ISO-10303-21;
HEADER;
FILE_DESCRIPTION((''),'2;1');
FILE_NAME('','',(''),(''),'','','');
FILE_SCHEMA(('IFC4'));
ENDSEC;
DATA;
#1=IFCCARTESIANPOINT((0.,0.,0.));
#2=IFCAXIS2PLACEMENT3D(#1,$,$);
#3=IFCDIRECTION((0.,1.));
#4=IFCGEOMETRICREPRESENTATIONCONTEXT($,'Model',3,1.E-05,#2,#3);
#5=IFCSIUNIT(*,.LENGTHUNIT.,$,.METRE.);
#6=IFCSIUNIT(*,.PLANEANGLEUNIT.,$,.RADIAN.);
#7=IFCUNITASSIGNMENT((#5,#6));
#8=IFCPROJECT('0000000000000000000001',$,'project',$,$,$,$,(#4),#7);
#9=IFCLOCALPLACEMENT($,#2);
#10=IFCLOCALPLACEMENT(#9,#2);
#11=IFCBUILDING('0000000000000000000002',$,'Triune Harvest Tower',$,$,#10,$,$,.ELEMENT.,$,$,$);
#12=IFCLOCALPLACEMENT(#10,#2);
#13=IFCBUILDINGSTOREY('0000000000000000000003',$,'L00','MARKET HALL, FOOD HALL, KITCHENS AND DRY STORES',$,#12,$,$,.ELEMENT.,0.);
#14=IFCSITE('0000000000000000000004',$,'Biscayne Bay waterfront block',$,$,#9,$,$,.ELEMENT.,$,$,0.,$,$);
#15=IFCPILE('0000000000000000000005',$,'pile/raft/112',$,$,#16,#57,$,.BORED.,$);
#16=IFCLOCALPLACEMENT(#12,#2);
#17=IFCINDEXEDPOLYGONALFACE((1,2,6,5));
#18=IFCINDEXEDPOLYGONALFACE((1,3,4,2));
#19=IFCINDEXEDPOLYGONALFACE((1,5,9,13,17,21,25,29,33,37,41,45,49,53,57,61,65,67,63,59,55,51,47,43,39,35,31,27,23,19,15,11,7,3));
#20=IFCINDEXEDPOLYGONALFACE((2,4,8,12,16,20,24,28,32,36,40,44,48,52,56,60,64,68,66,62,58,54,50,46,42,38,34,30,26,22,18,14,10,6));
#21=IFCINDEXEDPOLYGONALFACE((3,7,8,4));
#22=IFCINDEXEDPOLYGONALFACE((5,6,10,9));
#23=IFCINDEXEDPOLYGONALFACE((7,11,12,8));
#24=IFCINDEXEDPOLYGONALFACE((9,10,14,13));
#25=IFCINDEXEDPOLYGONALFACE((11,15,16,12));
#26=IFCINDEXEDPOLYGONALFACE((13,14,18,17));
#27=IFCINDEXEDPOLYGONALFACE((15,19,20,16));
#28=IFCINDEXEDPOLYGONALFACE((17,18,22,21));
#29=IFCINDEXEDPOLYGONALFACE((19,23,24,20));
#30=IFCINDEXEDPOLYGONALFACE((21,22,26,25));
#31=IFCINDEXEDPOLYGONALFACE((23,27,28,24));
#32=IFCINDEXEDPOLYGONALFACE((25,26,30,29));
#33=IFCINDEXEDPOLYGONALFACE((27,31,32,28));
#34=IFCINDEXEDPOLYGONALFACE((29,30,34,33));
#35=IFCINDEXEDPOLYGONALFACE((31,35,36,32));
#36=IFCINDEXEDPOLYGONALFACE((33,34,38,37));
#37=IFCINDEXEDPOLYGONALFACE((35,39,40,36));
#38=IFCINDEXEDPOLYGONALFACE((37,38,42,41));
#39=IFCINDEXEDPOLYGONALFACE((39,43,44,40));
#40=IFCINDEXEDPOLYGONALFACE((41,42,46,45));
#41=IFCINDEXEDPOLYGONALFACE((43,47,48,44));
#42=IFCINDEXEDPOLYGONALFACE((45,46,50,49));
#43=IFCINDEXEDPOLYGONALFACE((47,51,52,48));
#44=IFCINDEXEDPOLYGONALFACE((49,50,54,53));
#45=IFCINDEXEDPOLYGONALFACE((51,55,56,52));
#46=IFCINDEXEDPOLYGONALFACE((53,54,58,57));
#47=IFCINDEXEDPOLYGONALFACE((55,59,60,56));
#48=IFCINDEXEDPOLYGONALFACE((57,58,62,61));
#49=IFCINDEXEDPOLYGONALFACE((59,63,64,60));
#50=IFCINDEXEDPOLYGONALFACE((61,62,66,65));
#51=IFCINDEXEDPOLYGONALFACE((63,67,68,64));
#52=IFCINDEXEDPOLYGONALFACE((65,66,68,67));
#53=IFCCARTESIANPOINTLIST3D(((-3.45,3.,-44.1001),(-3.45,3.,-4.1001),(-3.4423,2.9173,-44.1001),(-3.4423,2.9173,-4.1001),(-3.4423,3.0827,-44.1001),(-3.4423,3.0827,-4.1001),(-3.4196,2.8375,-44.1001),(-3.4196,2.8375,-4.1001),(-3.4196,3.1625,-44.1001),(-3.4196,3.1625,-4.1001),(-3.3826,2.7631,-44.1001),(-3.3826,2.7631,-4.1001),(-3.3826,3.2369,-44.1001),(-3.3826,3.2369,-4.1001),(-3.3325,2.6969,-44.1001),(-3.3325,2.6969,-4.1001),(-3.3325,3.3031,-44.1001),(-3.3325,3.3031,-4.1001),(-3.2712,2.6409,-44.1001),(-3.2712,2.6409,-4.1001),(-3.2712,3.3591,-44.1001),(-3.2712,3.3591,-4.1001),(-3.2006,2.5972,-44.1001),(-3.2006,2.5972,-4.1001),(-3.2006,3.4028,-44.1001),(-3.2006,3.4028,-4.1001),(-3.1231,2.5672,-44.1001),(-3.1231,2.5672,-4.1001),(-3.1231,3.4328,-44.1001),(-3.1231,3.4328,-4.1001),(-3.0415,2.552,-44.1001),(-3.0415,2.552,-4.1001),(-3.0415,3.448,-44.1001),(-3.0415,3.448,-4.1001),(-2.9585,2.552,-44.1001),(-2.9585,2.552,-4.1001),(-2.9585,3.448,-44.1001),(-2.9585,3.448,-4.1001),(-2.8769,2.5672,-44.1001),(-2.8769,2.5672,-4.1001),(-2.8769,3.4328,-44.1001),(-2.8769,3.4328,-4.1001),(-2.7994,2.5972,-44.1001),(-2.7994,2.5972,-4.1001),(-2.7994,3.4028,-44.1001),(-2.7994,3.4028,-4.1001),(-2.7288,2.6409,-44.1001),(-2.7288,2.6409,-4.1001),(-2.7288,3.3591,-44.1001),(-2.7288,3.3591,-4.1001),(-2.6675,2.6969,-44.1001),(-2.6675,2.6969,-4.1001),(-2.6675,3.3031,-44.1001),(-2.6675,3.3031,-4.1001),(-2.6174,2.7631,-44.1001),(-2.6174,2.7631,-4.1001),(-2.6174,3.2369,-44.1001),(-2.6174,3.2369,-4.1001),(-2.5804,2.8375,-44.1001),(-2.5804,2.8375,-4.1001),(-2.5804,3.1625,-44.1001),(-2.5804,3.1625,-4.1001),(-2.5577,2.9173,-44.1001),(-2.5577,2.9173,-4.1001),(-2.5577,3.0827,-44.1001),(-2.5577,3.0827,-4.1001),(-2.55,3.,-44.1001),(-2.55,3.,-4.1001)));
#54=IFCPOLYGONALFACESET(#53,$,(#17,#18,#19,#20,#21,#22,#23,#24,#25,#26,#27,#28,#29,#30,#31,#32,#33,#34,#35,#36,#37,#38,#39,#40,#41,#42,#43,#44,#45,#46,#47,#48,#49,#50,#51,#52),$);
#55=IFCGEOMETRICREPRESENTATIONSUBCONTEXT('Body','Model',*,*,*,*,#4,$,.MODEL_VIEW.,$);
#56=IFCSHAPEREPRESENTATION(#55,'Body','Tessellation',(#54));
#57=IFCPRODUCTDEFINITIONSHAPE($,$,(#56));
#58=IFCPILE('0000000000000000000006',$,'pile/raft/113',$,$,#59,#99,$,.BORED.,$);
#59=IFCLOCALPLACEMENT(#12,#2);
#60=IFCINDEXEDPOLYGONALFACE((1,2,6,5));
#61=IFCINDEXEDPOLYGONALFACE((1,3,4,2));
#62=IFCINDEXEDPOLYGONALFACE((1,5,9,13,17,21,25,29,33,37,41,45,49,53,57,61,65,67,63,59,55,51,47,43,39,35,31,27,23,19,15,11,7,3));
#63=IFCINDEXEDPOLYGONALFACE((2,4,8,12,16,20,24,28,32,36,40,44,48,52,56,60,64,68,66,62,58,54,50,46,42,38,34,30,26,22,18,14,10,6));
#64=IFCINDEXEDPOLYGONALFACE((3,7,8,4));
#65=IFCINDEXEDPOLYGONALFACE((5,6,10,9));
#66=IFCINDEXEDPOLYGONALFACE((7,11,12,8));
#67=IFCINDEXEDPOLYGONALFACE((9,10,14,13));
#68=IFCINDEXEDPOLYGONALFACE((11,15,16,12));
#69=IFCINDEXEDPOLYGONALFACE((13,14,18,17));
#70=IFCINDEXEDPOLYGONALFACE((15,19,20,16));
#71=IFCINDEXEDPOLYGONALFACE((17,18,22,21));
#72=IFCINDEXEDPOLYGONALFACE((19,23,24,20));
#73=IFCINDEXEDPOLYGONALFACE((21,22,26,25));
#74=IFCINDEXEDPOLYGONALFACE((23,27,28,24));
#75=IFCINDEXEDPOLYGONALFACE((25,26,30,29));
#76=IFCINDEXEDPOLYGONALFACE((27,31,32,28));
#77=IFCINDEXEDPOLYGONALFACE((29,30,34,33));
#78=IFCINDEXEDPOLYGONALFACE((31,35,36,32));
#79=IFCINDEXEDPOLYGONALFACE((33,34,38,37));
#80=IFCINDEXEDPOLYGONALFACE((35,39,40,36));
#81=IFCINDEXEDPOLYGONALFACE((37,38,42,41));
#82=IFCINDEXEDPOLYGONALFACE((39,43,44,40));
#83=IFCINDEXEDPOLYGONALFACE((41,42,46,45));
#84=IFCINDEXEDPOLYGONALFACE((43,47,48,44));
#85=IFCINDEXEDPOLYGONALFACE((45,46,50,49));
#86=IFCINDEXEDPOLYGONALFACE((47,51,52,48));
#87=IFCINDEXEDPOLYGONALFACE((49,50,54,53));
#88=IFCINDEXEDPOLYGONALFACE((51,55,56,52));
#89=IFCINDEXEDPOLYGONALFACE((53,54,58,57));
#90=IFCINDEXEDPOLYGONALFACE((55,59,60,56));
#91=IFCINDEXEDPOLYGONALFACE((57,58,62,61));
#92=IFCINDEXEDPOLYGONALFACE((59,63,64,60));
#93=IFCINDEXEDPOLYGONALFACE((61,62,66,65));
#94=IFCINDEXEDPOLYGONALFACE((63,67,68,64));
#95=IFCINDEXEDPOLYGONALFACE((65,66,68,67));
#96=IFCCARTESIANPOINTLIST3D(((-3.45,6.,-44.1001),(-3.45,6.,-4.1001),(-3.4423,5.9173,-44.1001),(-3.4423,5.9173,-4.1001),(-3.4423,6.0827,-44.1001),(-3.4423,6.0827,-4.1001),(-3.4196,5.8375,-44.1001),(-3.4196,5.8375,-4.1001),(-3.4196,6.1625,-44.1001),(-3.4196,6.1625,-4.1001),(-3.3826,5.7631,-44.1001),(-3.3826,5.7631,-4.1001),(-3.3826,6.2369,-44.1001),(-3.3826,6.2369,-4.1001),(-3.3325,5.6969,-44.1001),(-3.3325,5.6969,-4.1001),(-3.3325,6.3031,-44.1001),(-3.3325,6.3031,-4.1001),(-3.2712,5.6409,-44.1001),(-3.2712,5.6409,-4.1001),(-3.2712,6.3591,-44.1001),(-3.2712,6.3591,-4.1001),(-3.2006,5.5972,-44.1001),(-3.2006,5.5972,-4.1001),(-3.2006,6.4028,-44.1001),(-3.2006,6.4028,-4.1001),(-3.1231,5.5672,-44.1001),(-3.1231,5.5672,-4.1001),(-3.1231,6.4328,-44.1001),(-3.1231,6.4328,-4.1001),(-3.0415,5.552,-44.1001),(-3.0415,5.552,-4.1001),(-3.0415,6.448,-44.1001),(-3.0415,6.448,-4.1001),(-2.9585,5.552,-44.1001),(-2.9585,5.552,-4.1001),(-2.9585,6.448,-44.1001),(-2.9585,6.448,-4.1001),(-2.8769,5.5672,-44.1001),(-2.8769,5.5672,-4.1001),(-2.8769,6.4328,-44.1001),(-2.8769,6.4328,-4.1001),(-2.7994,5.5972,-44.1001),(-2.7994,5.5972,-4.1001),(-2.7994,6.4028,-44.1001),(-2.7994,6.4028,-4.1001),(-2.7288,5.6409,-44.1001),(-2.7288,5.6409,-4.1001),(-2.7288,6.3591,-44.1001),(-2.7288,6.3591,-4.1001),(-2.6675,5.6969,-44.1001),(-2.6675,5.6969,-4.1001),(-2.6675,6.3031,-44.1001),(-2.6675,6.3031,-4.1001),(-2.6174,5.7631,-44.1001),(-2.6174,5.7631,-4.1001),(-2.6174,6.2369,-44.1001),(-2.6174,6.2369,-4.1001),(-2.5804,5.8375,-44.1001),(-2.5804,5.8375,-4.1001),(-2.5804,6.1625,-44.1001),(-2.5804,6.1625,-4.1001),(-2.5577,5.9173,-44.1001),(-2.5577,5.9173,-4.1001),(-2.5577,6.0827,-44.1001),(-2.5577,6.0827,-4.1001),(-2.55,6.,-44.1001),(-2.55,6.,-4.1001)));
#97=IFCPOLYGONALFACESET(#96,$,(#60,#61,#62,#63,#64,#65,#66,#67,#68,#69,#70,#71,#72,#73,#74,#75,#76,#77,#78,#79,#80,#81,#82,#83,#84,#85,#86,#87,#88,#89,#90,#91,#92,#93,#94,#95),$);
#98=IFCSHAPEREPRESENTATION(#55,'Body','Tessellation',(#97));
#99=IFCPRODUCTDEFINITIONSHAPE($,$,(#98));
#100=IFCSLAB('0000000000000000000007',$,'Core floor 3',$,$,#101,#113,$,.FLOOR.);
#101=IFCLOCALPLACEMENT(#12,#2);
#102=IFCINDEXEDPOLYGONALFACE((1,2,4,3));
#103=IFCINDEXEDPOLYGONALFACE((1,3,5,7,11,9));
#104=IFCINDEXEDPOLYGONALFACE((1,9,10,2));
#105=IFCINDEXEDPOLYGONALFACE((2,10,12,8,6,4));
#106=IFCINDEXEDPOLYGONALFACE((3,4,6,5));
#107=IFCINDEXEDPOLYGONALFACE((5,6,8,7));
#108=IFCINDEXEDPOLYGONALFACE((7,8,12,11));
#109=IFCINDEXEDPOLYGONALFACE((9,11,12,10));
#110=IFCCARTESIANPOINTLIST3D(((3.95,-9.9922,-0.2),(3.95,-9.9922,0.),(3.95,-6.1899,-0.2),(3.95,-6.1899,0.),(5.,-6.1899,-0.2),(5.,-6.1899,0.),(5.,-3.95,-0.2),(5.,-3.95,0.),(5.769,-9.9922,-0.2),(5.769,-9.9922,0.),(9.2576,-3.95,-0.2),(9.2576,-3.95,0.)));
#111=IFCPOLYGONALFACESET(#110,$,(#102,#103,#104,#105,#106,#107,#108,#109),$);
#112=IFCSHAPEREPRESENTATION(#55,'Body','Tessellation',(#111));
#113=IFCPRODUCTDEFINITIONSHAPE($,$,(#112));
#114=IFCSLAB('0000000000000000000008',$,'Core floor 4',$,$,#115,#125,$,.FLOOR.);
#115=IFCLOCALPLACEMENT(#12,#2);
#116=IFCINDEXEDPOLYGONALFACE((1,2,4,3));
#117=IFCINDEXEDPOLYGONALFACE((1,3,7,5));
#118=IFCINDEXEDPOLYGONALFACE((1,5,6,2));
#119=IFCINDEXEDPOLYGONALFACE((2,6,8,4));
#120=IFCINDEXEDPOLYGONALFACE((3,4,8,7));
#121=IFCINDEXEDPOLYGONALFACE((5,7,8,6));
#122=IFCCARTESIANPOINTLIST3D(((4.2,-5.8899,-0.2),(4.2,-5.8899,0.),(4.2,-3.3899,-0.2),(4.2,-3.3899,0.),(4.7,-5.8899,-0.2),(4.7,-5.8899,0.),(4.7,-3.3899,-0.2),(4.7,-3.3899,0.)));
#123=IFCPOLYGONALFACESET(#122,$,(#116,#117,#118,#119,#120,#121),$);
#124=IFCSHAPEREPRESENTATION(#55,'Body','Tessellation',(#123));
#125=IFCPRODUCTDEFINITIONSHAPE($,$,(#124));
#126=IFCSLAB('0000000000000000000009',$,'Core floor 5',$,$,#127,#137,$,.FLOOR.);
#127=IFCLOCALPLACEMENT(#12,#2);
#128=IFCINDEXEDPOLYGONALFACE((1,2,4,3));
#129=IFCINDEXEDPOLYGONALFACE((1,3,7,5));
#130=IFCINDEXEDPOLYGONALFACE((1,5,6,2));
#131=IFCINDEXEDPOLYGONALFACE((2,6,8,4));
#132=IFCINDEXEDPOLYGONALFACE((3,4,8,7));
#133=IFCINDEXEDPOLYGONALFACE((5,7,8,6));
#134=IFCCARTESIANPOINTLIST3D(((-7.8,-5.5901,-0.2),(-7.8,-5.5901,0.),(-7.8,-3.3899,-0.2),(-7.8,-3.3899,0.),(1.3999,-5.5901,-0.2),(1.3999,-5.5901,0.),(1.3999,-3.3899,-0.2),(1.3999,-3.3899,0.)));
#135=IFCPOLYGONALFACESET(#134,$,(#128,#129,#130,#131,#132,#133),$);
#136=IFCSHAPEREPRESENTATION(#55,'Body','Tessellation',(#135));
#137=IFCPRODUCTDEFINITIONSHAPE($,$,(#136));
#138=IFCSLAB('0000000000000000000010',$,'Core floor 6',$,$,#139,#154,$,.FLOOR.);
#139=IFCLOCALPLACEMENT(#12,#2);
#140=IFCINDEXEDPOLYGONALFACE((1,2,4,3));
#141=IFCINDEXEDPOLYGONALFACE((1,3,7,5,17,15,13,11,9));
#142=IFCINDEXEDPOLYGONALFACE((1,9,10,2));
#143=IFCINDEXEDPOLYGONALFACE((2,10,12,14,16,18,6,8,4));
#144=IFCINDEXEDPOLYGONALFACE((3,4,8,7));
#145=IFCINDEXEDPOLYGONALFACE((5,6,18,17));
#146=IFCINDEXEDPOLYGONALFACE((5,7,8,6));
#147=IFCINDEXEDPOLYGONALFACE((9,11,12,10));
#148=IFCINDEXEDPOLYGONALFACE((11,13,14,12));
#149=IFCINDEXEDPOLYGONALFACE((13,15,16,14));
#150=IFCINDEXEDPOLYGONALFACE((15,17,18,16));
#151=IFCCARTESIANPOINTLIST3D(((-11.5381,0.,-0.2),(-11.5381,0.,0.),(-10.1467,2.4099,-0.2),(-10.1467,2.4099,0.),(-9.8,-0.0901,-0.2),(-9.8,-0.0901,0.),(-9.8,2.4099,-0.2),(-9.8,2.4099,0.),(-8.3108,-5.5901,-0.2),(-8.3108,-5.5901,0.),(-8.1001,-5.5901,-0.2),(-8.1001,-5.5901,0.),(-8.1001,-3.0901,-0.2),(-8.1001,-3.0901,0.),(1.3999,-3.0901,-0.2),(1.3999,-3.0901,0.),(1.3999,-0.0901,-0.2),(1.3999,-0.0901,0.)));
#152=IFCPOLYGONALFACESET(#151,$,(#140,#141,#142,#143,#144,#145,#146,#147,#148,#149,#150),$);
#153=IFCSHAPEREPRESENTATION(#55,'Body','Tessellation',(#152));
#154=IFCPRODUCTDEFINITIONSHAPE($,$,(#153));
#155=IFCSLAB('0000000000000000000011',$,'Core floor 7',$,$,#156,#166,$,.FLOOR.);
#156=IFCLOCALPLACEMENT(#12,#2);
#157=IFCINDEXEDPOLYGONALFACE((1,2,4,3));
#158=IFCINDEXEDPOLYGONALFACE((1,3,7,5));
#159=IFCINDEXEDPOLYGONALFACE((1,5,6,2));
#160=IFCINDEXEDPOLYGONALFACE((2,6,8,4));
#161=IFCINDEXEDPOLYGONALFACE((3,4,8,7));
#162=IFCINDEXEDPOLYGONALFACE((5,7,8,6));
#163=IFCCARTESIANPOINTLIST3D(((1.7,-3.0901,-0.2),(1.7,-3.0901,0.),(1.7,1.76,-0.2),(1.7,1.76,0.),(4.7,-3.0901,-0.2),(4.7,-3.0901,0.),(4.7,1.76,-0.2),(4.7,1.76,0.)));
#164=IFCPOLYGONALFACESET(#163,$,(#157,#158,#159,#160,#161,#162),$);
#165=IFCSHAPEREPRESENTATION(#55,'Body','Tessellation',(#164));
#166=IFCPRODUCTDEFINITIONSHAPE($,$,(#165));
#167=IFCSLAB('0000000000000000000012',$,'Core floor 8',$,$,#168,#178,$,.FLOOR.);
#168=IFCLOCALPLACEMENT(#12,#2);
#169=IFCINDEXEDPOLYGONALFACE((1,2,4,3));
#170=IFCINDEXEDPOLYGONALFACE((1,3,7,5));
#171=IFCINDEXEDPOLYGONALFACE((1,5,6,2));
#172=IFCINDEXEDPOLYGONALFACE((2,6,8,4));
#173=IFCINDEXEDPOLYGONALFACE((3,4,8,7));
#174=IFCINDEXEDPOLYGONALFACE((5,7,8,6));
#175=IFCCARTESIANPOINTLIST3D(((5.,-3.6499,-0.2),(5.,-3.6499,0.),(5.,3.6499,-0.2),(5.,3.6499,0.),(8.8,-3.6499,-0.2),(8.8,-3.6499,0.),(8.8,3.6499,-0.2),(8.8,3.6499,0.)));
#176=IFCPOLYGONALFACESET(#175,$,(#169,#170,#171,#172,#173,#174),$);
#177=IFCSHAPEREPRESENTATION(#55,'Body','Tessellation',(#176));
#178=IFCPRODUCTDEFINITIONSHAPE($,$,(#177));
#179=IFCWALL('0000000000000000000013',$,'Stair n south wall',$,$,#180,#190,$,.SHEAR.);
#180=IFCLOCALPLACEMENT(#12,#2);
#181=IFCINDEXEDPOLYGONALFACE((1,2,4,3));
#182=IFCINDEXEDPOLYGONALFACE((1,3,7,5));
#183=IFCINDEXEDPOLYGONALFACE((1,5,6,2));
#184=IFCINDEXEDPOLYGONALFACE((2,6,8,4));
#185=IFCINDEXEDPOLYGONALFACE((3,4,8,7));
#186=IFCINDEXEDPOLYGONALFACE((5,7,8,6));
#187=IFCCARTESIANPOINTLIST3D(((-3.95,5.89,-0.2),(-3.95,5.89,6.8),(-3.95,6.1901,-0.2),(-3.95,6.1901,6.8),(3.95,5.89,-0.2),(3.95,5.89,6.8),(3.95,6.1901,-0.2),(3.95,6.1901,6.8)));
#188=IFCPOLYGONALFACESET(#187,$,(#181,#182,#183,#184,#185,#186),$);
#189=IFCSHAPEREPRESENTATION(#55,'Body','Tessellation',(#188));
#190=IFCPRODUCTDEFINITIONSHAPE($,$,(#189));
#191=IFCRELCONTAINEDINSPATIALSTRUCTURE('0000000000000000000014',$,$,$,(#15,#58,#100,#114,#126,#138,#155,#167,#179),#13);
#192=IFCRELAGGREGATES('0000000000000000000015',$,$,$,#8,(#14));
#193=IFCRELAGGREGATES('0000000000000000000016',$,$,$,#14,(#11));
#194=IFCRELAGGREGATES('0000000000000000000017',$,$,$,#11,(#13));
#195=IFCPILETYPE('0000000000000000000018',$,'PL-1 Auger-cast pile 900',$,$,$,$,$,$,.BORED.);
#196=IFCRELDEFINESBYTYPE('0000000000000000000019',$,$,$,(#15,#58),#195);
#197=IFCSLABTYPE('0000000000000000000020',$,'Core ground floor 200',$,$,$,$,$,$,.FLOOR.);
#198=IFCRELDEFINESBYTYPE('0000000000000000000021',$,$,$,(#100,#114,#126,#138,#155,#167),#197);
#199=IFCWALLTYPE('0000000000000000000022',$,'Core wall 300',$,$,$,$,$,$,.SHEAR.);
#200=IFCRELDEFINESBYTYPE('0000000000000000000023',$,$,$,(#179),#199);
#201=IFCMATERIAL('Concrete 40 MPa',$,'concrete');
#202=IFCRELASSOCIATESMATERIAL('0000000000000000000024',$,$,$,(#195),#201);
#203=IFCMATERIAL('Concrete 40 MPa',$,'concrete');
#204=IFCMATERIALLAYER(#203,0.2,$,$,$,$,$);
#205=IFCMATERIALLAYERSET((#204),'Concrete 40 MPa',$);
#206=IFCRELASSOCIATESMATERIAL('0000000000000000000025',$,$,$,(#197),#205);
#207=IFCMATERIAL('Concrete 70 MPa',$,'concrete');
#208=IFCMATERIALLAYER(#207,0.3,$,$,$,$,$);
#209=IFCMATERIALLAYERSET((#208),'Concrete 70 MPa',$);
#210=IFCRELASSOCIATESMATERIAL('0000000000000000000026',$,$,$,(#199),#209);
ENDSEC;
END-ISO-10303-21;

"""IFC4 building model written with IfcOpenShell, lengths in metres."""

from ifc_helpers import new_model, si_unit, direction, frame, frame_2d, origin, origin_2d, place, context, subcontext, project, spatial, polyline, rectangle, circle, outline, extrude, source, transform, mapped, material, layer, layer_set, material_profile, profile_set, type_object, element, save


model = new_model("IFC4")

# Units and contexts
model_context = context("Model", 3, precision=1e-05, world=origin(), true_north=direction((0.0, 1.0)))
body_context = subcontext(model_context, "Body", "Model", "MODEL_VIEW")
ifc_project = project(units=[si_unit("LENGTHUNIT", "METRE"), si_unit("PLANEANGLEUNIT", "RADIAN")], contexts=[model_context])

# Site, building, storey
site_placement = place(None, origin())
site = spatial("IfcSite", under=ifc_project, at=site_placement, Name="Biscayne Bay waterfront block", CompositionType="ELEMENT", RefElevation=0.0)
building_placement = place(site_placement, origin())
building = spatial("IfcBuilding", under=site, at=building_placement, Name="Triune Harvest Tower", CompositionType="ELEMENT")
storey_placement = place(building_placement, origin())
storey = spatial("IfcBuildingStorey", under=building, at=storey_placement, Name="L00", Description="MARKET HALL, FOOD HALL, KITCHENS AND DRY STORES", CompositionType="ELEMENT", Elevation=0.0)

# Piles
ifc_material_1 = material(Name="Concrete 40 MPa", Category="concrete")
ifc_material_profile = material_profile(ifc_material_1, circle(Radius=0.45, at=origin_2d()), Name="Bored 900")
ifc_profile_set = profile_set([ifc_material_profile], Name="Concrete 40 MPa")
pile_type = type_object("IfcPileType", Name="PL-1 Auger-cast pile 900", PredefinedType="BORED", material=ifc_profile_set)
shared_shape_1 = source(origin(), body_context, "Body", "SweptSolid", [
    extrude(circle(Radius=0.45, at=origin_2d()), origin(), (0.0, 0.0, 1.0), 40.0),
])
for number, where, z_axis, x_axis, name in (
    (1, (-3.0, 3.0, -4.1001), (0.0, 0.0, -1.0), (1.0, 0.0, 0.0), "pile/raft/112"),
    (2, (-3.0, 6.0, -4.1001), (0.0, 0.0, -1.0), (1.0, 0.0, 0.0), "pile/raft/113"),
):
    element("IfcPile", number, at=place(storey_placement, frame(where, z_axis=z_axis, x_axis=x_axis)), inside=storey, type_object=pile_type, Name=name, PredefinedType="BORED", context=body_context, shape_type="MappedRepresentation", body=[
        mapped(shared_shape_1, transform((0.0, 0.0, 0.0), scale=1.0)),
    ])

# Slabs
ifc_material_2 = material(Name="Concrete 40 MPa", Category="concrete")
ifc_layer_1 = layer(ifc_material_2, 0.2)
ifc_layer_set_1 = layer_set([ifc_layer_1], Name="Concrete 40 MPa")
slab_type = type_object("IfcSlabType", Name="Core ground floor 200", PredefinedType="FLOOR", material=ifc_layer_set_1)
slab_1_placement = place(storey_placement, frame((0.0, 0.0, -0.2)))
element("IfcSlab", 3, at=slab_1_placement, inside=storey, type_object=slab_type, Name="Core floor 3", PredefinedType="FLOOR", context=body_context, shape_type="SweptSolid", body=[
    extrude(outline(polyline([(5.769, -9.9922), (3.95, -9.9922), (3.95, -6.1899), (5.0, -6.1899), (5.0, -3.95), (9.2576, -3.95), (5.769, -9.9922)])), origin(), (0.0, 0.0, 1.0), 0.2),
])
slab_2_placement = place(storey_placement, frame((0.0, 0.0, -0.2)))
element("IfcSlab", 4, at=slab_2_placement, inside=storey, type_object=slab_type, Name="Core floor 4", PredefinedType="FLOOR", context=body_context, shape_type="SweptSolid", body=[
    extrude(outline(polyline([(4.7, -3.3899), (4.7, -5.8899), (4.2, -5.8899), (4.2, -3.3899), (4.7, -3.3899)])), origin(), (0.0, 0.0, 1.0), 0.2),
])
slab_3_placement = place(storey_placement, frame((0.0, 0.0, -0.2)))
element("IfcSlab", 5, at=slab_3_placement, inside=storey, type_object=slab_type, Name="Core floor 5", PredefinedType="FLOOR", context=body_context, shape_type="SweptSolid", body=[
    extrude(outline(polyline([(1.3999, -3.3899), (1.3999, -5.5901), (-7.8, -5.5901), (-7.8, -3.3899), (1.3999, -3.3899)])), origin(), (0.0, 0.0, 1.0), 0.2),
])
slab_4_placement = place(storey_placement, frame((0.0, 0.0, -0.2)))
element("IfcSlab", 6, at=slab_4_placement, inside=storey, type_object=slab_type, Name="Core floor 6", PredefinedType="FLOOR", context=body_context, shape_type="SweptSolid", body=[
    extrude(outline(polyline([(-8.1001, -5.5901), (-8.3108, -5.5901), (-11.5381, 0.0), (-10.1467, 2.4099), (-9.8, 2.4099), (-9.8, -0.0901), (1.3999, -0.0901), (1.3999, -3.0901), (-8.1001, -3.0901), (-8.1001, -5.5901)])), origin(), (0.0, 0.0, 1.0), 0.2),
])
slab_5_placement = place(storey_placement, frame((0.0, 0.0, -0.2)))
element("IfcSlab", 7, at=slab_5_placement, inside=storey, type_object=slab_type, Name="Core floor 7", PredefinedType="FLOOR", context=body_context, shape_type="SweptSolid", body=[
    extrude(outline(polyline([(1.7, 1.76), (4.7, 1.76), (4.7, -3.0901), (1.7, -3.0901), (1.7, 1.76)])), origin(), (0.0, 0.0, 1.0), 0.2),
])
slab_6_placement = place(storey_placement, frame((0.0, 0.0, -0.2)))
element("IfcSlab", 8, at=slab_6_placement, inside=storey, type_object=slab_type, Name="Core floor 8", PredefinedType="FLOOR", context=body_context, shape_type="SweptSolid", body=[
    extrude(outline(polyline([(5.0, -3.6499), (5.0, 3.6499), (8.8, 3.6499), (8.8, -3.6499), (5.0, -3.6499)])), origin(), (0.0, 0.0, 1.0), 0.2),
])

# Wall
ifc_material_3 = material(Name="Concrete 70 MPa", Category="concrete")
ifc_layer_2 = layer(ifc_material_3, 0.3)
ifc_layer_set_2 = layer_set([ifc_layer_2], Name="Concrete 70 MPa")
wall_type = type_object("IfcWallType", Name="Core wall 300", PredefinedType="SHEAR", material=ifc_layer_set_2)
wall_1_placement = place(storey_placement, frame((-3.95, 6.04, -0.2), z_axis=(0.0, 0.0, 1.0), x_axis=(1.0, 0.0, 0.0)))
element("IfcWall", 9, at=wall_1_placement, inside=storey, type_object=wall_type, Name="Stair n south wall", PredefinedType="SHEAR", context=body_context, shape_type="SweptSolid", body=[
    extrude(rectangle(XDim=7.8999, YDim=0.3, at=frame_2d((3.95, 0.0))), origin(), (0.0, 0.0, 1.0), 7.0),
])

save(model, "model.ifc")
